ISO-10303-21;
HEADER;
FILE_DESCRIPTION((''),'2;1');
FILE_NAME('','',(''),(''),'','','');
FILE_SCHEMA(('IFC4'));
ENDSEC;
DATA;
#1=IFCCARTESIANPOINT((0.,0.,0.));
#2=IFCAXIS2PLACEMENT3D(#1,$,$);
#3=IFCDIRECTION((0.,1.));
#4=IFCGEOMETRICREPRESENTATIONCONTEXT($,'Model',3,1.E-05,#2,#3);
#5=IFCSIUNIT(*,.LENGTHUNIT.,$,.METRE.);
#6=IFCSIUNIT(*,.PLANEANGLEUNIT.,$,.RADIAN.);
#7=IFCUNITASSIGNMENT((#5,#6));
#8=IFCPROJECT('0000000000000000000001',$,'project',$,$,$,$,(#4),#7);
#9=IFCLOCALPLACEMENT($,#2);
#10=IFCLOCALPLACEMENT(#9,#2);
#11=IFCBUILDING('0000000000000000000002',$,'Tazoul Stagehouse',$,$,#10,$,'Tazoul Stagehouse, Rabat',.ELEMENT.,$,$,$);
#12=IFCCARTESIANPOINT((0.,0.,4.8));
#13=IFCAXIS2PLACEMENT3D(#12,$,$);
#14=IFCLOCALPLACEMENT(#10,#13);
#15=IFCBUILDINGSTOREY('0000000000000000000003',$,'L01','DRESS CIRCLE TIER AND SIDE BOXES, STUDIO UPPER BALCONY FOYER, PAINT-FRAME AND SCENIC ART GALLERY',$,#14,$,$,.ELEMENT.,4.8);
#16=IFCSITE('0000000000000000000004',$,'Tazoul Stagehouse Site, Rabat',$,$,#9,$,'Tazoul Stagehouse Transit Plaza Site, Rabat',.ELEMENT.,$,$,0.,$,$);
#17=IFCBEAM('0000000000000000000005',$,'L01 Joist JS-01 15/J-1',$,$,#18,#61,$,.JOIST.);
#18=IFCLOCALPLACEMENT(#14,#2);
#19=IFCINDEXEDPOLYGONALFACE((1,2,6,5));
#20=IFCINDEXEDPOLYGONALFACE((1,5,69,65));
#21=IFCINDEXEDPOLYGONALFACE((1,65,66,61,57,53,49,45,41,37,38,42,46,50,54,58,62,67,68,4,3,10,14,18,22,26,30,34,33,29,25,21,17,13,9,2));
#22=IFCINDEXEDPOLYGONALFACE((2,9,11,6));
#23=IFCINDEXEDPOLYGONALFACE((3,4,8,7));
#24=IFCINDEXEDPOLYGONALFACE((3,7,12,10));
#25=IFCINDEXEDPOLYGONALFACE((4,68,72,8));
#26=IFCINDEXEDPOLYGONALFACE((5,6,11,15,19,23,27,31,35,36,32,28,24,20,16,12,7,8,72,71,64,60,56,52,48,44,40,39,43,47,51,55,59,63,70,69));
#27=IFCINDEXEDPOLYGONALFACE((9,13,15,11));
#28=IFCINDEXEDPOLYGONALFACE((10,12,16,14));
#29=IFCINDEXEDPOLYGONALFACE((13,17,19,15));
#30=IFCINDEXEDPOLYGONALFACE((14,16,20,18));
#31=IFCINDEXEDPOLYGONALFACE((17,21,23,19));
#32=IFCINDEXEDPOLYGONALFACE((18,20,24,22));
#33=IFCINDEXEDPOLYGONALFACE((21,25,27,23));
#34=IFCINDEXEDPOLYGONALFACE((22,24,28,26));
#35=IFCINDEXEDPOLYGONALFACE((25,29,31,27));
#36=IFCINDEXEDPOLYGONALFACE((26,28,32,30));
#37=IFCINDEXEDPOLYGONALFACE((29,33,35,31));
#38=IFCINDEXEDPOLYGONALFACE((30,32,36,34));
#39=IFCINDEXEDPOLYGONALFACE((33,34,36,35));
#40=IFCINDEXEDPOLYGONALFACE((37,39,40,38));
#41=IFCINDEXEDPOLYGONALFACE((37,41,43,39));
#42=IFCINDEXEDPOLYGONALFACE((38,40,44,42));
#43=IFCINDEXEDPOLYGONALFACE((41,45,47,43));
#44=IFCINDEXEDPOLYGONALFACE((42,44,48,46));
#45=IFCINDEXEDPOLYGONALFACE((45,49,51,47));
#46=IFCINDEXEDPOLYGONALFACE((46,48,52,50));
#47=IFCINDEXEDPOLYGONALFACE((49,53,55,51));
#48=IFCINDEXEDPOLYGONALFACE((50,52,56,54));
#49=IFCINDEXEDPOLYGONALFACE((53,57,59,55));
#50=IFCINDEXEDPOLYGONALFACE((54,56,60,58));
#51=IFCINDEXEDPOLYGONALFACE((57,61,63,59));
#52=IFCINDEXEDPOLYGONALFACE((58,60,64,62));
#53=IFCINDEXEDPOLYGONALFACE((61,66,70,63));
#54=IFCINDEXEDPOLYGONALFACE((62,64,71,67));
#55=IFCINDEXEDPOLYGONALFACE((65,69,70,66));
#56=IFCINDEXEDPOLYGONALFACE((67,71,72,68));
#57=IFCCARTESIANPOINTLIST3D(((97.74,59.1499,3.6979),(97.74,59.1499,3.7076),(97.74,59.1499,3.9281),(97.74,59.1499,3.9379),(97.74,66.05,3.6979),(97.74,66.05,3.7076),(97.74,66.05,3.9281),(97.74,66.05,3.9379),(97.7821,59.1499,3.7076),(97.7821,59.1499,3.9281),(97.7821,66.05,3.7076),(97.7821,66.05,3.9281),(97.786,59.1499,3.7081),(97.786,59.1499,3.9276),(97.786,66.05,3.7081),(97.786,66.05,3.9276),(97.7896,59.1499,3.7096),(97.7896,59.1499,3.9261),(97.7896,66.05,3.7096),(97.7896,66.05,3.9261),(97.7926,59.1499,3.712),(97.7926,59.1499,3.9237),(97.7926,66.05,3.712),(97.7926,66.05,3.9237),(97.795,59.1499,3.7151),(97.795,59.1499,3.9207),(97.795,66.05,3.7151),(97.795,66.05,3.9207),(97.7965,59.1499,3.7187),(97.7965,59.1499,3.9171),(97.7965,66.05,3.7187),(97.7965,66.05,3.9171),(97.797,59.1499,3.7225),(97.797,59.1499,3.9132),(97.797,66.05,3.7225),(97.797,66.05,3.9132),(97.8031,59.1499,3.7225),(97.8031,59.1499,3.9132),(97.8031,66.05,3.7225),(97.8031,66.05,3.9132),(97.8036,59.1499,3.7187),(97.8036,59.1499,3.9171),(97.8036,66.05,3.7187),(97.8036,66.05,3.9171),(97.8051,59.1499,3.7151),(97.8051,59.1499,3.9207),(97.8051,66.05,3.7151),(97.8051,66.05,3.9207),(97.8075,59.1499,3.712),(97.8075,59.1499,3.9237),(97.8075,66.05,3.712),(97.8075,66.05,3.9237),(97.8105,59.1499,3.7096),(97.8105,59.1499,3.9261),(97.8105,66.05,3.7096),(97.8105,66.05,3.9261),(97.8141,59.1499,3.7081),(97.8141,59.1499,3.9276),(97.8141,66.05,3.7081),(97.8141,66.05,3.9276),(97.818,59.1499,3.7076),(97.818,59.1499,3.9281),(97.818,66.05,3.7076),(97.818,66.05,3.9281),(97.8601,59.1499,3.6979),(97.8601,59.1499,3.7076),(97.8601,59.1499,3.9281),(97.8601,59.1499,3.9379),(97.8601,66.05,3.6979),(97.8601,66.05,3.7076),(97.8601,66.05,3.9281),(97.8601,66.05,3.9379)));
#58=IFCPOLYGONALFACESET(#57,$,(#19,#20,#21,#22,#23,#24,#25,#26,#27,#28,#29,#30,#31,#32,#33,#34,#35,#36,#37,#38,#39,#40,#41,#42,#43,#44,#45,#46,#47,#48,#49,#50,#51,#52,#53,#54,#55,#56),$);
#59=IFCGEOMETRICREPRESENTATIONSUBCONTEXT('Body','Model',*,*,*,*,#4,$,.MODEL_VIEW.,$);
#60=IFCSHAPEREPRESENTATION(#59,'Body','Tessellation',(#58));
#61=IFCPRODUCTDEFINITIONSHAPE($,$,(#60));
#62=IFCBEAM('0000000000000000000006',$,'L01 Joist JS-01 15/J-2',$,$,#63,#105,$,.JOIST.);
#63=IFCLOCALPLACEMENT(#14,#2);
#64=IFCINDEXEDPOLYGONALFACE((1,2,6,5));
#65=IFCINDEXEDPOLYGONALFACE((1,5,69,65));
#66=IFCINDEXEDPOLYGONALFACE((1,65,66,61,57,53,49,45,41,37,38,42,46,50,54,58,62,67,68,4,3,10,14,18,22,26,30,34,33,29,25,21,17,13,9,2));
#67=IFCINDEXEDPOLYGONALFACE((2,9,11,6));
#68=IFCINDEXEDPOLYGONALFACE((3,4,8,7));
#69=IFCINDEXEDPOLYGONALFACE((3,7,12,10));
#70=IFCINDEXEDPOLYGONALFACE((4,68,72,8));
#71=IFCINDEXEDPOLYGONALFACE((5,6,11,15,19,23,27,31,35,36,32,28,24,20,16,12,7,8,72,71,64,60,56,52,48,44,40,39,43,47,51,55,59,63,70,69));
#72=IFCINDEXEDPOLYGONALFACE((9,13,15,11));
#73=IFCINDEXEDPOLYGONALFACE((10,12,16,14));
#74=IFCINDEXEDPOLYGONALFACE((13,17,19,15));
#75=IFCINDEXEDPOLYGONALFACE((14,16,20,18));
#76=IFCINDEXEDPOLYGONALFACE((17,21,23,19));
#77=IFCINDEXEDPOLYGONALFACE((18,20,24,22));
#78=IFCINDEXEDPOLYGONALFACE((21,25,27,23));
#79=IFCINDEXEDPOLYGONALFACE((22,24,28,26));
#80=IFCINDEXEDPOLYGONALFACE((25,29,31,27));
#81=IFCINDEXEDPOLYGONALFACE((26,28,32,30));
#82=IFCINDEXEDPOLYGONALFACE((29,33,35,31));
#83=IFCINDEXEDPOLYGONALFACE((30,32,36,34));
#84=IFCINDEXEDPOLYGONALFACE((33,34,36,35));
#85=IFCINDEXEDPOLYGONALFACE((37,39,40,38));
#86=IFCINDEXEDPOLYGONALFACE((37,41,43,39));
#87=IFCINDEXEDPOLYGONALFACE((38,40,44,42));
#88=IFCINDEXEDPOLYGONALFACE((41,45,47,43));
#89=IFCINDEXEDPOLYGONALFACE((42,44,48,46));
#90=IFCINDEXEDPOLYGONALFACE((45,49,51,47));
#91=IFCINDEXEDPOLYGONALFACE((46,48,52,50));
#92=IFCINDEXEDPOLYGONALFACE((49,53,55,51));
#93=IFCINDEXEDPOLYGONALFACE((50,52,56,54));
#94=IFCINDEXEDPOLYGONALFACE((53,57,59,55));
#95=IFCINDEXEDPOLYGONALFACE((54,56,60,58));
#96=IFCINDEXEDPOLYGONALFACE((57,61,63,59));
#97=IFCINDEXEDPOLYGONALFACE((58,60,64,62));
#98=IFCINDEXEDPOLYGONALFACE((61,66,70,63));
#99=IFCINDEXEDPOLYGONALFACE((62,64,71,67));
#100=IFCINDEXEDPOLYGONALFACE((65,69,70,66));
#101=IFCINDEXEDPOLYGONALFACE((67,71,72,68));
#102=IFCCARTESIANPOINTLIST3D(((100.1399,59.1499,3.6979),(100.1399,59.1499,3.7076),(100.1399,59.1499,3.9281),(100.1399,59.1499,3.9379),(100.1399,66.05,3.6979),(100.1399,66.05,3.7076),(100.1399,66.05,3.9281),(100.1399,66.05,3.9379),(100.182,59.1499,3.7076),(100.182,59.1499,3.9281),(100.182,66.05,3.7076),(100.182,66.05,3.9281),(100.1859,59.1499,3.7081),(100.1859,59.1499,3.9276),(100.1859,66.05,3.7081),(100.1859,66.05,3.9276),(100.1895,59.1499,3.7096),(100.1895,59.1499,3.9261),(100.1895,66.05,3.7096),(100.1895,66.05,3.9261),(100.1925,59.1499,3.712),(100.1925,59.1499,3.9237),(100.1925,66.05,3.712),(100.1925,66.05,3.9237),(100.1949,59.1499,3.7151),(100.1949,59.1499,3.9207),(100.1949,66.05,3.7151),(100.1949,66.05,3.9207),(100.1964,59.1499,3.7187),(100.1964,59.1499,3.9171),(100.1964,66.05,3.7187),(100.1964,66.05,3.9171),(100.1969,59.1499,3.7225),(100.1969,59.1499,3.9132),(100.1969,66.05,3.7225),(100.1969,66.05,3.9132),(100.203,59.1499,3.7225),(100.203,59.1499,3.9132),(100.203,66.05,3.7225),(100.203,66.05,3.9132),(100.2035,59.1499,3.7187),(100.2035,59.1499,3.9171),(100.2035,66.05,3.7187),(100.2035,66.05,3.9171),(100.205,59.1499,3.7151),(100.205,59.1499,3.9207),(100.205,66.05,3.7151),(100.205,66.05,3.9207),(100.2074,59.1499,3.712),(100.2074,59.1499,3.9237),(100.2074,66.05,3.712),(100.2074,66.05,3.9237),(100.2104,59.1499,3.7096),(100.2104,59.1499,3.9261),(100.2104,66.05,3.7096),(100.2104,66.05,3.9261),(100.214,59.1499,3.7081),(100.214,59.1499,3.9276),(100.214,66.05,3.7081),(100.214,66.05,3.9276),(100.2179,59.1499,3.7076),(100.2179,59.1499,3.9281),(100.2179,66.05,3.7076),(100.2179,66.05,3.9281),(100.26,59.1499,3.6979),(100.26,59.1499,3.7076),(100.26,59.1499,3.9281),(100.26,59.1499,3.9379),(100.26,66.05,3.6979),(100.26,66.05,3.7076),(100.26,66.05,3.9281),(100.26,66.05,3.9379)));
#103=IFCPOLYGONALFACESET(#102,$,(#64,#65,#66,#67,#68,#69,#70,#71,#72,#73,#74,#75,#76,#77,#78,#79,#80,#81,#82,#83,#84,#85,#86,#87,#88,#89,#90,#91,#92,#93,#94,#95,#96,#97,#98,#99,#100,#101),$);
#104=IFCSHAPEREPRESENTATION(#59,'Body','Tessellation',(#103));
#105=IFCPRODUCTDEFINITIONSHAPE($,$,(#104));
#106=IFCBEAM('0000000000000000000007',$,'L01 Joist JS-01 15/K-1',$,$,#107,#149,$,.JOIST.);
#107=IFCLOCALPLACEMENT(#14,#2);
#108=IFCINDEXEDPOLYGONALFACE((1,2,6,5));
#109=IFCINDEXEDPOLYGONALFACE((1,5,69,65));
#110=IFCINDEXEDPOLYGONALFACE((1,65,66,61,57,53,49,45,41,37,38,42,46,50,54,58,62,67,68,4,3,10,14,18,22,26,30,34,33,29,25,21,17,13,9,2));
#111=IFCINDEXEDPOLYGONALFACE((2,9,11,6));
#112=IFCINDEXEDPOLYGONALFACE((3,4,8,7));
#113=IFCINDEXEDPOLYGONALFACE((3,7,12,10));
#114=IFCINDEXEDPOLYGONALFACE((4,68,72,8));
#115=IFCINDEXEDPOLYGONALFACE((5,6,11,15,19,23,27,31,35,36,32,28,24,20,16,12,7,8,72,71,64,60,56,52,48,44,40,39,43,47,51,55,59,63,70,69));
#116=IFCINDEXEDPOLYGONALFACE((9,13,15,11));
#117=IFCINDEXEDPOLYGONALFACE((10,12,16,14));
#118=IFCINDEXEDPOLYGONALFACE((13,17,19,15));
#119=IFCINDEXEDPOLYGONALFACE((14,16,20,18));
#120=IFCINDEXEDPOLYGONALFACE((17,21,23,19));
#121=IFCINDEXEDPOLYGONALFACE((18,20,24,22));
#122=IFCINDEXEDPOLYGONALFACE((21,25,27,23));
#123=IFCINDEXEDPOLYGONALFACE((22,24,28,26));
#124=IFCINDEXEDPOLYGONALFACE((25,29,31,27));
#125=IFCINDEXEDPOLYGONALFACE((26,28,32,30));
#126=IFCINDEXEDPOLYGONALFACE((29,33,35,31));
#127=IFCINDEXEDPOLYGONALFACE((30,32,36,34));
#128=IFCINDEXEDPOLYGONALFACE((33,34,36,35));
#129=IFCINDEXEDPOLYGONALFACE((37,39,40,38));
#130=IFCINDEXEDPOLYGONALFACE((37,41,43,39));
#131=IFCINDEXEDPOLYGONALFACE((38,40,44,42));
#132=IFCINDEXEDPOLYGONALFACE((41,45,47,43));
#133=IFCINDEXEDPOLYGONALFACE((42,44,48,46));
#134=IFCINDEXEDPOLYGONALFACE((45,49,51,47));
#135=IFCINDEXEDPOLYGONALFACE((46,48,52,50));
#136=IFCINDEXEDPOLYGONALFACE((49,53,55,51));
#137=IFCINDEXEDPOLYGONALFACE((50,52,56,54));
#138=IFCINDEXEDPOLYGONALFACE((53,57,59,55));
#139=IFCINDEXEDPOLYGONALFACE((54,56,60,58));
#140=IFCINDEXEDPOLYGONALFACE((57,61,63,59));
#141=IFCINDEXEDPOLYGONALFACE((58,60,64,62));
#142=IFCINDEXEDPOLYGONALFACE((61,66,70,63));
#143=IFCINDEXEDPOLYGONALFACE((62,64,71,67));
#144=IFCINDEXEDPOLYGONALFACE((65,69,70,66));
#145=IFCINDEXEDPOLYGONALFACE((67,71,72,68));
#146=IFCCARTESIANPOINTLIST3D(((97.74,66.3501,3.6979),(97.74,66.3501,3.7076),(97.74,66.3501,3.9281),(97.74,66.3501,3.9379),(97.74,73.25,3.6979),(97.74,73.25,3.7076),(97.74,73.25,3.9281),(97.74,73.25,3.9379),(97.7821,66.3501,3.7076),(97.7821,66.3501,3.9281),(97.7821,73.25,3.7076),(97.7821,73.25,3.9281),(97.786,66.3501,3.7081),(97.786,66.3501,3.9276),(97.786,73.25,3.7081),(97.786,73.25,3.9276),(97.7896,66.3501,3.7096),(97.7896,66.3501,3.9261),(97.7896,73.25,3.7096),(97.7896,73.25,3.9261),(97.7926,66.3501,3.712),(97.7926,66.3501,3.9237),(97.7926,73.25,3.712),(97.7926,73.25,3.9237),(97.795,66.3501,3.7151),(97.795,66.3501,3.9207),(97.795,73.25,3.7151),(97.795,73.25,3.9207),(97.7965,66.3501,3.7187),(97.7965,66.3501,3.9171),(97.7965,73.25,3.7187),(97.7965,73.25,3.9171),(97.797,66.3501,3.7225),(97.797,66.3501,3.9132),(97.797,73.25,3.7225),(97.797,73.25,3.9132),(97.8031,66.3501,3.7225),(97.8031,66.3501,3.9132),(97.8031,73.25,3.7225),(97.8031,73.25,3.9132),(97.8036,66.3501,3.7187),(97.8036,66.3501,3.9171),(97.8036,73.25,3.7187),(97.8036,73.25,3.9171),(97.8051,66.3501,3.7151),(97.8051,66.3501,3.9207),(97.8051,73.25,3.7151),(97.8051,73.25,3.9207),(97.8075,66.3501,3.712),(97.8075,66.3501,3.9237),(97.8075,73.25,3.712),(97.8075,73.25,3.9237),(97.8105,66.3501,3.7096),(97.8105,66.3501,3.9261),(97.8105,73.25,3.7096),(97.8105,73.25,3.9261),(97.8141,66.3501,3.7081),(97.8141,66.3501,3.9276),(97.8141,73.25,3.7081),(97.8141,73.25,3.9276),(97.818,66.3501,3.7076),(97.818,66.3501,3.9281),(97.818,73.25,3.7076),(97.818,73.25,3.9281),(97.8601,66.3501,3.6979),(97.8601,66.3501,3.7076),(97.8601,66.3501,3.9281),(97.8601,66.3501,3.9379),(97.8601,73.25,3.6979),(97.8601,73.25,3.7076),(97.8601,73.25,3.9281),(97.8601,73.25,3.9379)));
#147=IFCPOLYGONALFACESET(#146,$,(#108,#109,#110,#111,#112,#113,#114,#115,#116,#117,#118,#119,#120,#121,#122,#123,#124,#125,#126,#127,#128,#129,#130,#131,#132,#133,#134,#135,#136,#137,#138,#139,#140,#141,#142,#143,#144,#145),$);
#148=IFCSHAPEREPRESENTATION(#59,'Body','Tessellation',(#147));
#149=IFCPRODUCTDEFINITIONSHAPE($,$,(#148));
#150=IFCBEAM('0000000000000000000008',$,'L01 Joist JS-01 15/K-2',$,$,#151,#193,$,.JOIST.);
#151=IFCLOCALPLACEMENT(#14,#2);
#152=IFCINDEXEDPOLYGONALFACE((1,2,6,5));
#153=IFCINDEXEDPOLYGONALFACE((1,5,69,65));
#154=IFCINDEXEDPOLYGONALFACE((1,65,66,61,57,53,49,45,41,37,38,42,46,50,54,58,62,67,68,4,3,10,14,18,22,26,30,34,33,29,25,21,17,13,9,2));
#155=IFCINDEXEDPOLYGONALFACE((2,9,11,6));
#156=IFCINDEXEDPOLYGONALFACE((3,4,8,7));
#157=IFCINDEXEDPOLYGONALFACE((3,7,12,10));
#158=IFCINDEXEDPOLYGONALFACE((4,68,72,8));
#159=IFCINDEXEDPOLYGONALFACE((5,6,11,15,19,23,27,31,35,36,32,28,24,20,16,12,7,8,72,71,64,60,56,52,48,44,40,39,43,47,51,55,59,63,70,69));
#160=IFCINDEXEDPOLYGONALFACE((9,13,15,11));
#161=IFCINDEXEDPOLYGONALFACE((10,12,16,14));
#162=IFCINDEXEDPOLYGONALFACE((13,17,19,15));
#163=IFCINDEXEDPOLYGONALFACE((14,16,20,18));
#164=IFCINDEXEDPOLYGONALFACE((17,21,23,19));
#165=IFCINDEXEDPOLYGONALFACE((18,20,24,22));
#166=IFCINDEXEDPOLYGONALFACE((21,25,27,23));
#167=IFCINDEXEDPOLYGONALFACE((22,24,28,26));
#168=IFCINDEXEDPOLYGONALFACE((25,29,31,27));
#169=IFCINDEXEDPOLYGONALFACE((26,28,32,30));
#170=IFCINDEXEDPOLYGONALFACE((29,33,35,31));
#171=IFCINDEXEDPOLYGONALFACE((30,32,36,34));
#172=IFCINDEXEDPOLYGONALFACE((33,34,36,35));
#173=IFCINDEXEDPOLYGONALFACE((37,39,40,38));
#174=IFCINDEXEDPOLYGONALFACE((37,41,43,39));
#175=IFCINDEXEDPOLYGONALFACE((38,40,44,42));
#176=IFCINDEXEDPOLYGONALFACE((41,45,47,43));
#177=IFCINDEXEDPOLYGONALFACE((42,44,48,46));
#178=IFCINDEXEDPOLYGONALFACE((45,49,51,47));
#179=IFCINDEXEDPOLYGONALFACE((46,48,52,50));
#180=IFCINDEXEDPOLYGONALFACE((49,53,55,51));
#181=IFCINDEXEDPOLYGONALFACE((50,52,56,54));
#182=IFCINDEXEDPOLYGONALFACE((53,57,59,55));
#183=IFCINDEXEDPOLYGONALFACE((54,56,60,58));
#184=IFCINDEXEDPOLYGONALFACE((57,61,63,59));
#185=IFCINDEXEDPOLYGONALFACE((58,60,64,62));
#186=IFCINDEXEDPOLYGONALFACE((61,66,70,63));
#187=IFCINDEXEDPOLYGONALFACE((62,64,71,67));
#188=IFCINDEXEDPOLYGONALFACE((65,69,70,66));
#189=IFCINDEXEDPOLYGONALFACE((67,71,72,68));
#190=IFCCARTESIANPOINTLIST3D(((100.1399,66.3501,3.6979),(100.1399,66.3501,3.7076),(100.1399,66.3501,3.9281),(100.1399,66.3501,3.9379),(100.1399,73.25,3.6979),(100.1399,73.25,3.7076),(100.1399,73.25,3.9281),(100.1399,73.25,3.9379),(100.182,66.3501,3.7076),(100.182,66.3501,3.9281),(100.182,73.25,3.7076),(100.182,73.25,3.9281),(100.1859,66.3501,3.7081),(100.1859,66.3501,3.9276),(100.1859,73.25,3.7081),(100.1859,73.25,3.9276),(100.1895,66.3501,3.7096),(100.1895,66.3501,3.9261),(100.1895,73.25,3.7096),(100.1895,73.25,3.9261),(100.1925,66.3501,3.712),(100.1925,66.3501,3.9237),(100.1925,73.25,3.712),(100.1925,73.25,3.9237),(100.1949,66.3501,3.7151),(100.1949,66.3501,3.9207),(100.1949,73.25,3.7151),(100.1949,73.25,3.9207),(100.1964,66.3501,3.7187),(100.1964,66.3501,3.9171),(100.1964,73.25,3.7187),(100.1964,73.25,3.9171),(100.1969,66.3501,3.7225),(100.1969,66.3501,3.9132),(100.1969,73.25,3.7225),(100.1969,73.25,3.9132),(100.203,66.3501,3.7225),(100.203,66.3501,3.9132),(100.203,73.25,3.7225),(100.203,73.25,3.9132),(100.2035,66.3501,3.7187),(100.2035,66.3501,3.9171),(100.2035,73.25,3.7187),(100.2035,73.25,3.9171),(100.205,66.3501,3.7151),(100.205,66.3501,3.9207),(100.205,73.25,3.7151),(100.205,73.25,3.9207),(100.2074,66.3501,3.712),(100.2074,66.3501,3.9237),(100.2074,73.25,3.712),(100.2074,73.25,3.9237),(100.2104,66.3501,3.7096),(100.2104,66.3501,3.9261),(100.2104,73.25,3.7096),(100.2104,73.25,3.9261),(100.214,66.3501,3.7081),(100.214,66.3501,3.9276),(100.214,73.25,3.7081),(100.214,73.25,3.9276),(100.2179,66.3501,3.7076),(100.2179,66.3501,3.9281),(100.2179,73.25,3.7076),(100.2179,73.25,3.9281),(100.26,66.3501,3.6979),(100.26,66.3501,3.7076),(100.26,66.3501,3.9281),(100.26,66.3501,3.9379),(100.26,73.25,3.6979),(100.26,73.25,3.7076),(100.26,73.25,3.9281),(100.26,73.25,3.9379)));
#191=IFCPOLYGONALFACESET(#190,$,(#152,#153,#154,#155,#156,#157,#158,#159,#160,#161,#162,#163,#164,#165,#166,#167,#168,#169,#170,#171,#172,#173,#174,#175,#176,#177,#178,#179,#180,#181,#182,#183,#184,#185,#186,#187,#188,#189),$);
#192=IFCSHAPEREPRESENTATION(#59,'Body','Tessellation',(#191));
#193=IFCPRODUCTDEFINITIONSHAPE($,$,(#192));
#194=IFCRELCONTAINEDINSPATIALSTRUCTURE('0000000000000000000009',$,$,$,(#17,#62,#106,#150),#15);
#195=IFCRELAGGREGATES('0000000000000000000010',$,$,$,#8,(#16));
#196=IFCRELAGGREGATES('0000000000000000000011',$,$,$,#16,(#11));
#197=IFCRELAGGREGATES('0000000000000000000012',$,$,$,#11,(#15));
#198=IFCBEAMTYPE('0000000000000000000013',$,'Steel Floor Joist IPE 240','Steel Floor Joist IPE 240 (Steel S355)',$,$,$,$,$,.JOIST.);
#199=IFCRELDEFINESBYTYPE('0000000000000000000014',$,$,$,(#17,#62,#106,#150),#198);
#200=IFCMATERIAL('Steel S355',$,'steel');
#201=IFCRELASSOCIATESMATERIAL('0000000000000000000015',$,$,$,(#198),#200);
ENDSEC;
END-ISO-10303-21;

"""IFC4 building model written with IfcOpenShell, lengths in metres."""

from ifc_helpers import new_model, si_unit, direction, frame, origin, origin_2d, place, context, subcontext, project, spatial, i_section, extrude, material, material_profile, profile_set, type_object, element, save


model = new_model("IFC4")

# Units and contexts
model_context = context("Model", 3, precision=1e-05, world=origin(), true_north=direction((0.0, 1.0)))
body_context = subcontext(model_context, "Body", "Model", "MODEL_VIEW")
ifc_project = project(units=[si_unit("LENGTHUNIT", "METRE"), si_unit("PLANEANGLEUNIT", "RADIAN")], contexts=[model_context])

# Site, building, storey
site_placement = place(None, origin())
site = spatial("IfcSite", under=ifc_project, at=site_placement, Name="Tazoul Stagehouse Site, Rabat", LongName="Tazoul Stagehouse Transit Plaza Site, Rabat", CompositionType="ELEMENT", RefElevation=0.0)
building_placement = place(site_placement, origin())
building = spatial("IfcBuilding", under=site, at=building_placement, Name="Tazoul Stagehouse", LongName="Tazoul Stagehouse, Rabat", CompositionType="ELEMENT")
storey_placement = place(building_placement, frame((0.0, 0.0, 4.8)))
storey = spatial("IfcBuildingStorey", under=building, at=storey_placement, Name="L01", Description="DRESS CIRCLE TIER AND SIDE BOXES, STUDIO UPPER BALCONY FOYER, PAINT-FRAME AND SCENIC ART GALLERY", CompositionType="ELEMENT", Elevation=4.8)

# Beams
ifc_material_1 = material(Name="Steel S355", Category="steel")
ifc_material_profile_1 = material_profile(ifc_material_1, i_section(OverallWidth=0.1201, OverallDepth=0.24, WebThickness=0.0061, FlangeThickness=0.0098, FilletRadius=0.0149, at=origin_2d()), Name="IPE 240")
ifc_profile_set_1 = profile_set([ifc_material_profile_1], Name="Steel S355")
beam_type_1 = type_object("IfcBeamType", Name="Steel Floor Joist IPE 240", Description="Steel Floor Joist IPE 240 (Steel S355)", PredefinedType="JOIST", material=ifc_profile_set_1)
for number, where, z_axis, x_axis, name in (
    (1, (97.8, 59.1499, 3.8179), (0.0, 1.0, 0.0), (-1.0, 0.0, 0.0), "L01 Joist JS-01 15/J-1"),
    (2, (100.2, 59.1499, 3.8179), (0.0, 1.0, 0.0), (-1.0, 0.0, 0.0), "L01 Joist JS-01 15/J-2"),
):
    element("IfcBeam", number, at=place(storey_placement, frame(where, z_axis=z_axis, x_axis=x_axis)), inside=storey, type_object=beam_type_1, Name=name, PredefinedType="JOIST", context=body_context, shape_type="SweptSolid", body=[
        extrude(i_section(OverallWidth=0.1201, OverallDepth=0.24, WebThickness=0.0061, FlangeThickness=0.0098, FilletRadius=0.0149, at=origin_2d()), origin(), (0.0, 0.0, 1.0), 6.9001),
    ])
for number, where, z_axis, x_axis, name in (
    (3, (97.8, 66.3501, 3.8179), (0.0, 1.0, 0.0), (-1.0, 0.0, 0.0), "L01 Joist JS-01 15/K-1"),
    (4, (100.2, 66.3501, 3.8179), (0.0, 1.0, 0.0), (-1.0, 0.0, 0.0), "L01 Joist JS-01 15/K-2"),
):
    element("IfcBeam", number, at=place(storey_placement, frame(where, z_axis=z_axis, x_axis=x_axis)), inside=storey, type_object=beam_type_1, Name=name, PredefinedType="JOIST", context=body_context, shape_type="SweptSolid", body=[
        extrude(i_section(OverallWidth=0.1201, OverallDepth=0.24, WebThickness=0.0061, FlangeThickness=0.0098, FilletRadius=0.0149, at=origin_2d()), origin(), (0.0, 0.0, 1.0), 6.8999),
    ])

save(model, "model.ifc")
